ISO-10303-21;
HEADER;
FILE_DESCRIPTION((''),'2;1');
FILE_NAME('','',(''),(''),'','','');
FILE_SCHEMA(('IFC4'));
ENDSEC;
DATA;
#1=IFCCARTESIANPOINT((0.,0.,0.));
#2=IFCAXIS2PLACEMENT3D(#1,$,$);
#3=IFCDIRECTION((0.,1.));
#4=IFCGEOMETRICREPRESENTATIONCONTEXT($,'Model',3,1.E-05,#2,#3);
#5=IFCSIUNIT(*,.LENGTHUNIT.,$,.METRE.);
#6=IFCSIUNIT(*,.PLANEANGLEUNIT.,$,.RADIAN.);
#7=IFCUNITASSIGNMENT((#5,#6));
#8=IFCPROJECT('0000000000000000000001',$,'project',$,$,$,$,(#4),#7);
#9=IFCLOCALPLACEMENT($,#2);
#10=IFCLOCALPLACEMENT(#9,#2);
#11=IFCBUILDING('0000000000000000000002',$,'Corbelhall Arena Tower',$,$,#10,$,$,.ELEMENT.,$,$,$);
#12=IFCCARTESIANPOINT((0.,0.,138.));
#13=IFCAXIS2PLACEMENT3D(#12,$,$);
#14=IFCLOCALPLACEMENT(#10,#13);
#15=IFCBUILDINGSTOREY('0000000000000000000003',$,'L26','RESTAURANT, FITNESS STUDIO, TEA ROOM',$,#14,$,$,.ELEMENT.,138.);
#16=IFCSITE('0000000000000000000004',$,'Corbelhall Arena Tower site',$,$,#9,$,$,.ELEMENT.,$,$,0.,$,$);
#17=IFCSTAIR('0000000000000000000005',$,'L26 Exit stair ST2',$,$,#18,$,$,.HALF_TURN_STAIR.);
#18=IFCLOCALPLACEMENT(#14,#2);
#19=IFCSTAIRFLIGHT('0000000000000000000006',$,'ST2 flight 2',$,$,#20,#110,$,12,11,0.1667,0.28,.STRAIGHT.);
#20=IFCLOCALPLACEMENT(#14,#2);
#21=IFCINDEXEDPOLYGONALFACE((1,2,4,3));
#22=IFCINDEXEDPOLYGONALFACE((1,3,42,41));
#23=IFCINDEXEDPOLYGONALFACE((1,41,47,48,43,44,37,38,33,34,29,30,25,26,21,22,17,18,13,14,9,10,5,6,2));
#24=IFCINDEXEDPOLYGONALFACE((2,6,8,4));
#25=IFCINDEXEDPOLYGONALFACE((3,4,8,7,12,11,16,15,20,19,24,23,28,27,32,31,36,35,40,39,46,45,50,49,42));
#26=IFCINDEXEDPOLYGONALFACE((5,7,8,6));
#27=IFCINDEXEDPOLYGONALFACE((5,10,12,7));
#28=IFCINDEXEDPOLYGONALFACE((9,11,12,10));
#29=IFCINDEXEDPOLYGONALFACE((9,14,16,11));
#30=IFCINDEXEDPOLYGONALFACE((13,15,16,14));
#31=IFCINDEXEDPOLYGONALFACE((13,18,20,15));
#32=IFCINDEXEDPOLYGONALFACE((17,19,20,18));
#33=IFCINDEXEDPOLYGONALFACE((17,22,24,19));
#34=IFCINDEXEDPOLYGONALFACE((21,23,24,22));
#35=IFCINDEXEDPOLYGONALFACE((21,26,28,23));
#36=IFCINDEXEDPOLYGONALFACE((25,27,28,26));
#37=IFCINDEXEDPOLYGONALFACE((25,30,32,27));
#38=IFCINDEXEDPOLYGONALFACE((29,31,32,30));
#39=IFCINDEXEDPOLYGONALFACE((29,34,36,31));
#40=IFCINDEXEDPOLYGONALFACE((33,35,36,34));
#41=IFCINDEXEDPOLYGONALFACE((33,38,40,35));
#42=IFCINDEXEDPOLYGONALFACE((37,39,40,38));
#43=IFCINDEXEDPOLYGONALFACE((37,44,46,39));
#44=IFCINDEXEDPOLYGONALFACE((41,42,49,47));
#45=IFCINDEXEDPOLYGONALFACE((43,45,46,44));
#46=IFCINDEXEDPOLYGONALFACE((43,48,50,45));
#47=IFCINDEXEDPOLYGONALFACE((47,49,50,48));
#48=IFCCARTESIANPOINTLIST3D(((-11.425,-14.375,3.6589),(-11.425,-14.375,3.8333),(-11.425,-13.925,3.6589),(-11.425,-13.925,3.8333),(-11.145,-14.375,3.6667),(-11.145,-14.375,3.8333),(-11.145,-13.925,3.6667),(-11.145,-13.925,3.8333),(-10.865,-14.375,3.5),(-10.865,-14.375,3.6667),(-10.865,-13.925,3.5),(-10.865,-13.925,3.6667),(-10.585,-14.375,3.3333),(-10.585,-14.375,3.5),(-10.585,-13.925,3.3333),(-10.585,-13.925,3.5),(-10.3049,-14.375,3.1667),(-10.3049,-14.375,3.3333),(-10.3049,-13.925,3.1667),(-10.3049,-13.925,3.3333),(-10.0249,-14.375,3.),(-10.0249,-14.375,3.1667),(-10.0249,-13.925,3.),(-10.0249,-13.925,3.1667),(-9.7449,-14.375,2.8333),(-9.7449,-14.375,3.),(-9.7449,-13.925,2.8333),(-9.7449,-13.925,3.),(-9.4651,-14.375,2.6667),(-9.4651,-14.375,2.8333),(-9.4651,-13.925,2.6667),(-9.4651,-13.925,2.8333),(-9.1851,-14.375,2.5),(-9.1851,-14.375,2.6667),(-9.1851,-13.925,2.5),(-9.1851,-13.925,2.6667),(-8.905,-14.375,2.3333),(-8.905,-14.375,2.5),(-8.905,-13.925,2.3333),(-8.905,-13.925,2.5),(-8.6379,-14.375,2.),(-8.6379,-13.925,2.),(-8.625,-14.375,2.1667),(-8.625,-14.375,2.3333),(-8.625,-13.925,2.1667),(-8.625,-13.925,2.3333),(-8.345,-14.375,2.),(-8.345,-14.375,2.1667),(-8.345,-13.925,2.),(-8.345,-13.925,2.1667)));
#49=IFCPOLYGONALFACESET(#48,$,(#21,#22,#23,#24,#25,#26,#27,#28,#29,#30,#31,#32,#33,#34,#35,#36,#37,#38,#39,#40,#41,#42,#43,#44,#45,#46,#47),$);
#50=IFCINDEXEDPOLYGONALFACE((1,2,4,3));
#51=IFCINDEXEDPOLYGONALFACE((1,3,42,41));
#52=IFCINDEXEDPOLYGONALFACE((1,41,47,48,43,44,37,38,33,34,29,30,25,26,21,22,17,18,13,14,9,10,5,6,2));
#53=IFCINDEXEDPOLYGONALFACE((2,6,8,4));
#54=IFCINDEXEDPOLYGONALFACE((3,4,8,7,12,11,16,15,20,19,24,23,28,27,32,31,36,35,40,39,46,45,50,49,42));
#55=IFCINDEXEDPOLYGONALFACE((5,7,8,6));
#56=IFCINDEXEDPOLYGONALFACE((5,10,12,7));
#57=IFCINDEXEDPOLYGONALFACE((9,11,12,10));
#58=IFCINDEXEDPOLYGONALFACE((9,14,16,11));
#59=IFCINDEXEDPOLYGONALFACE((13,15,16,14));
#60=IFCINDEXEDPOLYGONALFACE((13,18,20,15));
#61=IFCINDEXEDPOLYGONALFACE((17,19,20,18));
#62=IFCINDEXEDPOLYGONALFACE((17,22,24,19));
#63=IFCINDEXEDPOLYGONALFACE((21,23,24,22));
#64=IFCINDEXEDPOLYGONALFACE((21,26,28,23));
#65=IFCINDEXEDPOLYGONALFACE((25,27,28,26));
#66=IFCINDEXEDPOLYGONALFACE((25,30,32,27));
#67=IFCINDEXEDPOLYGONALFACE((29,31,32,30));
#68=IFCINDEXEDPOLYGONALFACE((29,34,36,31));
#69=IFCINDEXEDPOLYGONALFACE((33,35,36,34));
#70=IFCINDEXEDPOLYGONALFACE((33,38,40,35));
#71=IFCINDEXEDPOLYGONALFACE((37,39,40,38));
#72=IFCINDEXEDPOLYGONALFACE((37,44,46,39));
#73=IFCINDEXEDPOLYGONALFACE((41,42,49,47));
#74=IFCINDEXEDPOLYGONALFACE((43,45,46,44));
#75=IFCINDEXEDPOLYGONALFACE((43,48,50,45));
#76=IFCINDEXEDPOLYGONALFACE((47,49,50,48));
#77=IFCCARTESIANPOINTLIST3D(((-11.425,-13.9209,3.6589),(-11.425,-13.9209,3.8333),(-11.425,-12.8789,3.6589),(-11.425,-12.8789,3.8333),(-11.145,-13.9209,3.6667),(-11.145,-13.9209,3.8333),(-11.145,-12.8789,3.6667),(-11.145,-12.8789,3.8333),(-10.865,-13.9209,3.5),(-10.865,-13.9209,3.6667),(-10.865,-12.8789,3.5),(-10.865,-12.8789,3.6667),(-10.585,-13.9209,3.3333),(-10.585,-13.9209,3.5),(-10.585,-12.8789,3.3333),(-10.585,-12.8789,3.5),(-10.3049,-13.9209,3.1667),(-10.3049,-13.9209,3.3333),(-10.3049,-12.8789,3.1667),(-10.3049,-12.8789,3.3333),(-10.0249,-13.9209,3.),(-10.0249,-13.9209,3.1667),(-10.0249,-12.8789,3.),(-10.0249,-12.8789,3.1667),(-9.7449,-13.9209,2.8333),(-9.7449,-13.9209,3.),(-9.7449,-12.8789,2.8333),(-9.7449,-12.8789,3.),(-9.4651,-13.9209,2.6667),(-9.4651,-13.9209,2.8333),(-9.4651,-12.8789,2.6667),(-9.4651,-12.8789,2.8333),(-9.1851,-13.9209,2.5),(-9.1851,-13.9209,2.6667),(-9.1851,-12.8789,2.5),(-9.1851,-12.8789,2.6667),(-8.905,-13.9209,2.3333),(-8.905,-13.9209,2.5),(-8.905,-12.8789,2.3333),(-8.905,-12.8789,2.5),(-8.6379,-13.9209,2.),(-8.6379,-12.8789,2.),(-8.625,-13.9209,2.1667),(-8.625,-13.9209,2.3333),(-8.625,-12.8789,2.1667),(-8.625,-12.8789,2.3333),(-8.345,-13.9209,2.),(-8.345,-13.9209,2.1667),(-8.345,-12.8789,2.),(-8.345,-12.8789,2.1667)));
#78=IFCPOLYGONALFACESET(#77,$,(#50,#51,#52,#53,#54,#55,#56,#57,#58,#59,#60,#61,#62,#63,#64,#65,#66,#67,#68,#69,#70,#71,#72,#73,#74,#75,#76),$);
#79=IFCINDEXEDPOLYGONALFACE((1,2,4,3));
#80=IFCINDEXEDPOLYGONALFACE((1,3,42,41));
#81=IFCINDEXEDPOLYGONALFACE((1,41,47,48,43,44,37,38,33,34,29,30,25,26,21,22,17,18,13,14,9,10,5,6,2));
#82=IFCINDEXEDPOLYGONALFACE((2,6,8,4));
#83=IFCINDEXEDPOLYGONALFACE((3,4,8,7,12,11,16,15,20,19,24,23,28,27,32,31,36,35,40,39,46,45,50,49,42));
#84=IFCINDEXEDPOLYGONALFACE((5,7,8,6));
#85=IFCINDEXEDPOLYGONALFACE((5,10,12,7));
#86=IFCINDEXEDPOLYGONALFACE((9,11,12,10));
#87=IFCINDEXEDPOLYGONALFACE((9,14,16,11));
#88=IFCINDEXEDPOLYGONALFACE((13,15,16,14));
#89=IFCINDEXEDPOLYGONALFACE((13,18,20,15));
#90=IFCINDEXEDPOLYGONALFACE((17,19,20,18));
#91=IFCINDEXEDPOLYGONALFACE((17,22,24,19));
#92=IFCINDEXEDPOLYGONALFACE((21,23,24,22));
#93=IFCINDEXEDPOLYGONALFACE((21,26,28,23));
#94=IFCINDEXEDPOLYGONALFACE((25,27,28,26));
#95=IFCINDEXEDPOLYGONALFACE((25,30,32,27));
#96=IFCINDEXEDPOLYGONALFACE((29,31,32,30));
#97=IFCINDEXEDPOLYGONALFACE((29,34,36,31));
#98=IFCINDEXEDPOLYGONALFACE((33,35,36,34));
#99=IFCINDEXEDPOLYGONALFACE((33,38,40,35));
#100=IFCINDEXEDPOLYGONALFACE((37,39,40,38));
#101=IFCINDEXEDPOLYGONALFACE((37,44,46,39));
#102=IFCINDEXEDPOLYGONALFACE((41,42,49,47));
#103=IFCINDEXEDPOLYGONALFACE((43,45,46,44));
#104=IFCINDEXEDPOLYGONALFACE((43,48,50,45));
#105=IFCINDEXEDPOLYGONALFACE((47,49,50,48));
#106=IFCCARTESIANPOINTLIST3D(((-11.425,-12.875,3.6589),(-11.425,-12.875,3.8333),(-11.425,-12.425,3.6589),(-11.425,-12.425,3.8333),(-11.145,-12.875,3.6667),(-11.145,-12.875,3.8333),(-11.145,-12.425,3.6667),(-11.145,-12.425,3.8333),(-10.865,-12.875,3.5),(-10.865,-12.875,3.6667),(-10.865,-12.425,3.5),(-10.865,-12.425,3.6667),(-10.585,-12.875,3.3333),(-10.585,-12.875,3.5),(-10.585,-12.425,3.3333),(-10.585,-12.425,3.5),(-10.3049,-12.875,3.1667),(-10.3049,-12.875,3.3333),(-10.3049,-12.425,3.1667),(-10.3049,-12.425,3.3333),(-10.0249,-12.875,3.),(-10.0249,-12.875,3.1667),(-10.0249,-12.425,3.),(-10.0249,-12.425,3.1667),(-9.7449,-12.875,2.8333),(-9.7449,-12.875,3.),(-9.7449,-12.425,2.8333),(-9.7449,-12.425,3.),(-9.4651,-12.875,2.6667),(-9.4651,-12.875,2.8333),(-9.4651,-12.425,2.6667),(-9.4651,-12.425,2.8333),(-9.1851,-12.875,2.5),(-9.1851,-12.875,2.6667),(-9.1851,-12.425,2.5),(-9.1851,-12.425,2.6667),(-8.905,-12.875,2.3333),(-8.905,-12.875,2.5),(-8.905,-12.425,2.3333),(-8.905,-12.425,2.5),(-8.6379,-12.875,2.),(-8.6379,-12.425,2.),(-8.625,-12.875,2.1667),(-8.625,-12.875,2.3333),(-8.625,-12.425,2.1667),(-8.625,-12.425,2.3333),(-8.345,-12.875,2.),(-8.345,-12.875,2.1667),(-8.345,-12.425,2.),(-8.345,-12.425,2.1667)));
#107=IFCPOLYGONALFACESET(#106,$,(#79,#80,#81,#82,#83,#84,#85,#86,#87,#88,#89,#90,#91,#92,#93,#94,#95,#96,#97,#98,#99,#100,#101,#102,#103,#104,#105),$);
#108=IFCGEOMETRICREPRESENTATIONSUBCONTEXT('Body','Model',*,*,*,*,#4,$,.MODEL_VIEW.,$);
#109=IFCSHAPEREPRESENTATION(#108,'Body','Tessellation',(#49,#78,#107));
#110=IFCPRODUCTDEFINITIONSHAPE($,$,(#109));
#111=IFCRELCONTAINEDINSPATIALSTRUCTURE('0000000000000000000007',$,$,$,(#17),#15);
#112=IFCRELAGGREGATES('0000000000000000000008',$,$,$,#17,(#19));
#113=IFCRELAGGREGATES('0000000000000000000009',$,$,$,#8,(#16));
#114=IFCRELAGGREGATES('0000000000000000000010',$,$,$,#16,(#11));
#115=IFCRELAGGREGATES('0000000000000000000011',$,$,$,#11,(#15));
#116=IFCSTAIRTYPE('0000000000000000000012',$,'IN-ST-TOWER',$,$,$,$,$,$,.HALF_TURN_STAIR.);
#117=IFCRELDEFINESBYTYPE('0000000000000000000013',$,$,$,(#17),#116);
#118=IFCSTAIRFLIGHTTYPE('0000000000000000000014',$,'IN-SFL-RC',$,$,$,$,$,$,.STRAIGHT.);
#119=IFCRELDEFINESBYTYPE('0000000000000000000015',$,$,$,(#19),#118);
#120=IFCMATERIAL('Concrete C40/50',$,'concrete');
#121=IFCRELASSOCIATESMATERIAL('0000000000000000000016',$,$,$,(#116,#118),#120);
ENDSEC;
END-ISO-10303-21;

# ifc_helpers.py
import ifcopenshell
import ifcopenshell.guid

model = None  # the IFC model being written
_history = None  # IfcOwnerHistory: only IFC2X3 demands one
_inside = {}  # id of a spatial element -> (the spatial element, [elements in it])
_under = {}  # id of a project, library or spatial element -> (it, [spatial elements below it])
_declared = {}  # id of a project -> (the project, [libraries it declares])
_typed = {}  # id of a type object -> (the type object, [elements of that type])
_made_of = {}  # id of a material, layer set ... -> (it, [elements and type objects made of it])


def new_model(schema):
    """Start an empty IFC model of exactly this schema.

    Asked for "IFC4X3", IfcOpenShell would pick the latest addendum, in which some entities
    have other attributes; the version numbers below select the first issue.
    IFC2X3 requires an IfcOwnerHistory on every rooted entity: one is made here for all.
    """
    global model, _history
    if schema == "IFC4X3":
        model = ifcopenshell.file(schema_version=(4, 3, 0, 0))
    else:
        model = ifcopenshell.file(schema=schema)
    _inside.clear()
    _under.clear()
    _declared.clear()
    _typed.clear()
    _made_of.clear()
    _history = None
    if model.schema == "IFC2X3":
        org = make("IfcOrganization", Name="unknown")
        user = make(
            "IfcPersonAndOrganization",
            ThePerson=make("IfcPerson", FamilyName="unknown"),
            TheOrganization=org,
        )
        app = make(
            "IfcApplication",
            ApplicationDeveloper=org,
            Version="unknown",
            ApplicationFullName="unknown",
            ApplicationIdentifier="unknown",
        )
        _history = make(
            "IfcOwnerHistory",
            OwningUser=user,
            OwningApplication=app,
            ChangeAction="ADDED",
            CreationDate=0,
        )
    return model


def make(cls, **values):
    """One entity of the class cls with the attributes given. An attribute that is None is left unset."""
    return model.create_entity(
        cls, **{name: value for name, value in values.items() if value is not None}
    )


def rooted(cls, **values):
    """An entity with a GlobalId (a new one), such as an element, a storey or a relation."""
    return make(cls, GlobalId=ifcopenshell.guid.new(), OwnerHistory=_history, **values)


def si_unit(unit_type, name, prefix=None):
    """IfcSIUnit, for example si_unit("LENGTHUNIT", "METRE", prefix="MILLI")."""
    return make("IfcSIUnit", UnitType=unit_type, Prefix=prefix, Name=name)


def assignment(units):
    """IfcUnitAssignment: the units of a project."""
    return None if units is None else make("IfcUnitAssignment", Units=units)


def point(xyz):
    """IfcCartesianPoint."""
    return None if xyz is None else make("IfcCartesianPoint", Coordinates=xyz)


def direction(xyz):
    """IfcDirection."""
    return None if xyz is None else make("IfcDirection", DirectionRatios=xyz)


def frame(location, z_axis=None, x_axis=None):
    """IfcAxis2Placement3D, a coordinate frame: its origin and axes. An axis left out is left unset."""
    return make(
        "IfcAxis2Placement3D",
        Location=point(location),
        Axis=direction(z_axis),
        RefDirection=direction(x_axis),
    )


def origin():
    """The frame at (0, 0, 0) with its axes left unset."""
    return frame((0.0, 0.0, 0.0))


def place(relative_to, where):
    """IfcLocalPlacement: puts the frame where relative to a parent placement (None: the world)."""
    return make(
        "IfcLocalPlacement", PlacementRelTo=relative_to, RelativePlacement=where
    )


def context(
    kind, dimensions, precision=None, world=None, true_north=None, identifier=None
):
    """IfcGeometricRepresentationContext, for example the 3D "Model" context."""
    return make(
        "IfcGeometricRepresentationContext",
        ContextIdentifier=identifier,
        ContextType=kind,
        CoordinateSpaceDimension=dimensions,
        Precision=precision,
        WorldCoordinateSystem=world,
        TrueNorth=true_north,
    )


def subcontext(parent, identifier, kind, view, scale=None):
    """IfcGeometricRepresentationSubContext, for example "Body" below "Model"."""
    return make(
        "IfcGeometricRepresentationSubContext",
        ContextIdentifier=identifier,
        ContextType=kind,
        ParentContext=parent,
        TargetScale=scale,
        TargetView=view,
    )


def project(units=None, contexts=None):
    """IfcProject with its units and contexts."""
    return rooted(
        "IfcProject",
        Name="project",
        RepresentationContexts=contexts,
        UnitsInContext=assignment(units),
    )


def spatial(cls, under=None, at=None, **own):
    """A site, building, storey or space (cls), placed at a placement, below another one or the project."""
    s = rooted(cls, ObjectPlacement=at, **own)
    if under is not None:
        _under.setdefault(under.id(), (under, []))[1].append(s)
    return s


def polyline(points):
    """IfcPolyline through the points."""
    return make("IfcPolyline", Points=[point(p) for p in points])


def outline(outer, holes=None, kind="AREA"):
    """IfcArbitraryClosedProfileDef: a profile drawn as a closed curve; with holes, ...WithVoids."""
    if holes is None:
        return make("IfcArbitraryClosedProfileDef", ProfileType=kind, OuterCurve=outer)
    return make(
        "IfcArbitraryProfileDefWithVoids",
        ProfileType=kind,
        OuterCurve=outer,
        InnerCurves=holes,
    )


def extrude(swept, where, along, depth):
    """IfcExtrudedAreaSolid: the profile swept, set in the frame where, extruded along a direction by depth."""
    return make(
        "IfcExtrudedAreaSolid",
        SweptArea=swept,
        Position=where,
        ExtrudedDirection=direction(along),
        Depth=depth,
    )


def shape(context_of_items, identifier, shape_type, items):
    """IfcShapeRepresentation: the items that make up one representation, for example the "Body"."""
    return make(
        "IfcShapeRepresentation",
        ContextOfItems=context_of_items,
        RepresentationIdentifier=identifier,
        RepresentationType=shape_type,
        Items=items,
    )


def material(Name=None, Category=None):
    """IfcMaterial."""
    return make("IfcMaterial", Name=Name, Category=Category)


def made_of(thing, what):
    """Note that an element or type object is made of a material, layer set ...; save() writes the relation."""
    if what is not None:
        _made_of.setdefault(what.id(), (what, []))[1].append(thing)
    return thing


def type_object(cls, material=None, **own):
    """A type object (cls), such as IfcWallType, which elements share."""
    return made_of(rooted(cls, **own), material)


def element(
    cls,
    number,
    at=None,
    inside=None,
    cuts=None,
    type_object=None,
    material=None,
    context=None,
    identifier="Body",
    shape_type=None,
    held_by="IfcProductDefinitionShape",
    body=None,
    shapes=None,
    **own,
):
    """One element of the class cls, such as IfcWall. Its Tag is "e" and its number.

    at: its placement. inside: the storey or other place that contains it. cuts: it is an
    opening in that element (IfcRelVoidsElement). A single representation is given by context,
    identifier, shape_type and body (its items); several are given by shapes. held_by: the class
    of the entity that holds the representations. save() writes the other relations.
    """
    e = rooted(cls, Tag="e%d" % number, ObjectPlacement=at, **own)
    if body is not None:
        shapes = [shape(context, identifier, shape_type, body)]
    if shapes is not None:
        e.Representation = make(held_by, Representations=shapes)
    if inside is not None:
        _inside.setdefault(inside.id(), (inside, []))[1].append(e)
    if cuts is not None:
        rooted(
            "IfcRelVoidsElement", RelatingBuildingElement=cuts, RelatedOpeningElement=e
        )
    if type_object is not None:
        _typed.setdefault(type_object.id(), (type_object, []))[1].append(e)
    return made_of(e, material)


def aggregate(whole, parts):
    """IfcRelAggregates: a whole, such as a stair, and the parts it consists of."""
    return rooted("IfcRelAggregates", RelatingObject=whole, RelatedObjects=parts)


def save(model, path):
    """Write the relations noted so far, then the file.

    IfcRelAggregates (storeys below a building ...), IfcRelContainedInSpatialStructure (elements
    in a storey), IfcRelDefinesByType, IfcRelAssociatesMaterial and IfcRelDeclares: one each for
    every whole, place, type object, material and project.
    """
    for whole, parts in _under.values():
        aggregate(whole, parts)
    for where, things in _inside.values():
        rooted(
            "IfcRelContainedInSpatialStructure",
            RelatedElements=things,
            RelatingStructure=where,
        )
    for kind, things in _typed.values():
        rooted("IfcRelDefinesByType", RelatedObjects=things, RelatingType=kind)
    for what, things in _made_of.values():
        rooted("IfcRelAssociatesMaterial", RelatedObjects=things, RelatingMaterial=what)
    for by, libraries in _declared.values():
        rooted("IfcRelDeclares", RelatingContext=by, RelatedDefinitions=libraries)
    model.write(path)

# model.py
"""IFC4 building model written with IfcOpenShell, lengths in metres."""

from ifc_helpers import new_model, si_unit, direction, frame, origin, place, context, subcontext, project, spatial, polyline, outline, extrude, material, type_object, element, aggregate, save


model = new_model("IFC4")

# Units and contexts
model_context = context("Model", 3, precision=1e-05, world=origin(), true_north=direction((0.0, 1.0)))
body_context = subcontext(model_context, "Body", "Model", "MODEL_VIEW")
ifc_project = project(units=[si_unit("LENGTHUNIT", "METRE"), si_unit("PLANEANGLEUNIT", "RADIAN")], contexts=[model_context])

# Site, building, storey
site_placement = place(None, origin())
site = spatial("IfcSite", under=ifc_project, at=site_placement, Name="Corbelhall Arena Tower site", CompositionType="ELEMENT", RefElevation=0.0)
building_placement = place(site_placement, origin())
building = spatial("IfcBuilding", under=site, at=building_placement, Name="Corbelhall Arena Tower", CompositionType="ELEMENT")
storey_placement = place(building_placement, frame((0.0, 0.0, 138.0)))
storey = spatial("IfcBuildingStorey", under=building, at=storey_placement, Name="L26", Description="RESTAURANT, FITNESS STUDIO, TEA ROOM", CompositionType="ELEMENT", Elevation=138.0)

# Shared definitions
ifc_material_1 = material(Name="Concrete C40/50", Category="concrete")

# Stair, stair flight
stair_type = type_object("IfcStairType", Name="IN-ST-TOWER", PredefinedType="HALF_TURN_STAIR", material=ifc_material_1)
stair_placement = place(storey_placement, origin())
stair = element("IfcStair", 1, at=stair_placement, inside=storey, type_object=stair_type, Name="L26 Exit stair ST2", PredefinedType="HALF_TURN_STAIR")
stair_flight_type = type_object("IfcStairFlightType", Name="IN-SFL-RC", PredefinedType="STRAIGHT", material=ifc_material_1)
stair_flight_placement = place(storey_placement, frame((-8.345, -13.3999, 2.0), z_axis=(0.0, 0.0, 1.0), x_axis=(-1.0, 0.0, 0.0)))
stair_flight = element("IfcStairFlight", 2, at=stair_flight_placement, type_object=stair_flight_type, Name="ST2 flight 2", NumberOfRisers=12, NumberOfTreads=11, PredefinedType="STRAIGHT", RiserHeight=0.1667, TreadLength=0.28, context=body_context, shape_type="SweptSolid", body=[
    extrude(outline(polyline([(0.0, 0.0), (0.0, 0.1667), (0.28, 0.1667), (0.28, 0.3333), (0.5601, 0.3333), (0.5601, 0.5), (0.8401, 0.5), (0.8401, 0.6667), (1.1201, 0.6667), (1.1201, 0.8333), (1.3999, 0.8333), (1.3999, 1.0), (1.6799, 1.0), (1.6799, 1.1667), (1.96, 1.1667), (1.96, 1.3333), (2.24, 1.3333), (2.24, 1.5), (2.52, 1.5), (2.52, 1.6667), (2.8, 1.6667), (2.8, 1.8333), (3.0801, 1.8333), (3.0801, 2.0), (3.0801, 1.6589), (0.293, 0.0), (0.0, 0.0)])), frame((0.0, 0.9751, 0.0), z_axis=(0.0, -1.0, 0.0), x_axis=(1.0, 0.0, 0.0)), (0.0, 0.0, 1.0), 0.45),
    extrude(outline(polyline([(0.0, 0.0), (0.0, 0.1667), (0.28, 0.1667), (0.28, 0.3333), (0.5601, 0.3333), (0.5601, 0.5), (0.8401, 0.5), (0.8401, 0.6667), (1.1201, 0.6667), (1.1201, 0.8333), (1.3999, 0.8333), (1.3999, 1.0), (1.6799, 1.0), (1.6799, 1.1667), (1.96, 1.1667), (1.96, 1.3333), (2.24, 1.3333), (2.24, 1.5), (2.52, 1.5), (2.52, 1.6667), (2.8, 1.6667), (2.8, 1.8333), (3.0801, 1.8333), (3.0801, 2.0), (3.0801, 1.6589), (0.293, 0.0), (0.0, 0.0)])), frame((0.0, 0.521, 0.0), z_axis=(0.0, -1.0, 0.0), x_axis=(1.0, 0.0, 0.0)), (0.0, 0.0, 1.0), 1.042),
    extrude(outline(polyline([(0.0, 0.0), (0.0, 0.1667), (0.28, 0.1667), (0.28, 0.3333), (0.5601, 0.3333), (0.5601, 0.5), (0.8401, 0.5), (0.8401, 0.6667), (1.1201, 0.6667), (1.1201, 0.8333), (1.3999, 0.8333), (1.3999, 1.0), (1.6799, 1.0), (1.6799, 1.1667), (1.96, 1.1667), (1.96, 1.3333), (2.24, 1.3333), (2.24, 1.5), (2.52, 1.5), (2.52, 1.6667), (2.8, 1.6667), (2.8, 1.8333), (3.0801, 1.8333), (3.0801, 2.0), (3.0801, 1.6589), (0.293, 0.0), (0.0, 0.0)])), frame((0.0, -0.5249, 0.0), z_axis=(0.0, -1.0, 0.0), x_axis=(1.0, 0.0, 0.0)), (0.0, 0.0, 1.0), 0.45),
])
aggregate(stair, [stair_flight])

save(model, "model.ifc")
